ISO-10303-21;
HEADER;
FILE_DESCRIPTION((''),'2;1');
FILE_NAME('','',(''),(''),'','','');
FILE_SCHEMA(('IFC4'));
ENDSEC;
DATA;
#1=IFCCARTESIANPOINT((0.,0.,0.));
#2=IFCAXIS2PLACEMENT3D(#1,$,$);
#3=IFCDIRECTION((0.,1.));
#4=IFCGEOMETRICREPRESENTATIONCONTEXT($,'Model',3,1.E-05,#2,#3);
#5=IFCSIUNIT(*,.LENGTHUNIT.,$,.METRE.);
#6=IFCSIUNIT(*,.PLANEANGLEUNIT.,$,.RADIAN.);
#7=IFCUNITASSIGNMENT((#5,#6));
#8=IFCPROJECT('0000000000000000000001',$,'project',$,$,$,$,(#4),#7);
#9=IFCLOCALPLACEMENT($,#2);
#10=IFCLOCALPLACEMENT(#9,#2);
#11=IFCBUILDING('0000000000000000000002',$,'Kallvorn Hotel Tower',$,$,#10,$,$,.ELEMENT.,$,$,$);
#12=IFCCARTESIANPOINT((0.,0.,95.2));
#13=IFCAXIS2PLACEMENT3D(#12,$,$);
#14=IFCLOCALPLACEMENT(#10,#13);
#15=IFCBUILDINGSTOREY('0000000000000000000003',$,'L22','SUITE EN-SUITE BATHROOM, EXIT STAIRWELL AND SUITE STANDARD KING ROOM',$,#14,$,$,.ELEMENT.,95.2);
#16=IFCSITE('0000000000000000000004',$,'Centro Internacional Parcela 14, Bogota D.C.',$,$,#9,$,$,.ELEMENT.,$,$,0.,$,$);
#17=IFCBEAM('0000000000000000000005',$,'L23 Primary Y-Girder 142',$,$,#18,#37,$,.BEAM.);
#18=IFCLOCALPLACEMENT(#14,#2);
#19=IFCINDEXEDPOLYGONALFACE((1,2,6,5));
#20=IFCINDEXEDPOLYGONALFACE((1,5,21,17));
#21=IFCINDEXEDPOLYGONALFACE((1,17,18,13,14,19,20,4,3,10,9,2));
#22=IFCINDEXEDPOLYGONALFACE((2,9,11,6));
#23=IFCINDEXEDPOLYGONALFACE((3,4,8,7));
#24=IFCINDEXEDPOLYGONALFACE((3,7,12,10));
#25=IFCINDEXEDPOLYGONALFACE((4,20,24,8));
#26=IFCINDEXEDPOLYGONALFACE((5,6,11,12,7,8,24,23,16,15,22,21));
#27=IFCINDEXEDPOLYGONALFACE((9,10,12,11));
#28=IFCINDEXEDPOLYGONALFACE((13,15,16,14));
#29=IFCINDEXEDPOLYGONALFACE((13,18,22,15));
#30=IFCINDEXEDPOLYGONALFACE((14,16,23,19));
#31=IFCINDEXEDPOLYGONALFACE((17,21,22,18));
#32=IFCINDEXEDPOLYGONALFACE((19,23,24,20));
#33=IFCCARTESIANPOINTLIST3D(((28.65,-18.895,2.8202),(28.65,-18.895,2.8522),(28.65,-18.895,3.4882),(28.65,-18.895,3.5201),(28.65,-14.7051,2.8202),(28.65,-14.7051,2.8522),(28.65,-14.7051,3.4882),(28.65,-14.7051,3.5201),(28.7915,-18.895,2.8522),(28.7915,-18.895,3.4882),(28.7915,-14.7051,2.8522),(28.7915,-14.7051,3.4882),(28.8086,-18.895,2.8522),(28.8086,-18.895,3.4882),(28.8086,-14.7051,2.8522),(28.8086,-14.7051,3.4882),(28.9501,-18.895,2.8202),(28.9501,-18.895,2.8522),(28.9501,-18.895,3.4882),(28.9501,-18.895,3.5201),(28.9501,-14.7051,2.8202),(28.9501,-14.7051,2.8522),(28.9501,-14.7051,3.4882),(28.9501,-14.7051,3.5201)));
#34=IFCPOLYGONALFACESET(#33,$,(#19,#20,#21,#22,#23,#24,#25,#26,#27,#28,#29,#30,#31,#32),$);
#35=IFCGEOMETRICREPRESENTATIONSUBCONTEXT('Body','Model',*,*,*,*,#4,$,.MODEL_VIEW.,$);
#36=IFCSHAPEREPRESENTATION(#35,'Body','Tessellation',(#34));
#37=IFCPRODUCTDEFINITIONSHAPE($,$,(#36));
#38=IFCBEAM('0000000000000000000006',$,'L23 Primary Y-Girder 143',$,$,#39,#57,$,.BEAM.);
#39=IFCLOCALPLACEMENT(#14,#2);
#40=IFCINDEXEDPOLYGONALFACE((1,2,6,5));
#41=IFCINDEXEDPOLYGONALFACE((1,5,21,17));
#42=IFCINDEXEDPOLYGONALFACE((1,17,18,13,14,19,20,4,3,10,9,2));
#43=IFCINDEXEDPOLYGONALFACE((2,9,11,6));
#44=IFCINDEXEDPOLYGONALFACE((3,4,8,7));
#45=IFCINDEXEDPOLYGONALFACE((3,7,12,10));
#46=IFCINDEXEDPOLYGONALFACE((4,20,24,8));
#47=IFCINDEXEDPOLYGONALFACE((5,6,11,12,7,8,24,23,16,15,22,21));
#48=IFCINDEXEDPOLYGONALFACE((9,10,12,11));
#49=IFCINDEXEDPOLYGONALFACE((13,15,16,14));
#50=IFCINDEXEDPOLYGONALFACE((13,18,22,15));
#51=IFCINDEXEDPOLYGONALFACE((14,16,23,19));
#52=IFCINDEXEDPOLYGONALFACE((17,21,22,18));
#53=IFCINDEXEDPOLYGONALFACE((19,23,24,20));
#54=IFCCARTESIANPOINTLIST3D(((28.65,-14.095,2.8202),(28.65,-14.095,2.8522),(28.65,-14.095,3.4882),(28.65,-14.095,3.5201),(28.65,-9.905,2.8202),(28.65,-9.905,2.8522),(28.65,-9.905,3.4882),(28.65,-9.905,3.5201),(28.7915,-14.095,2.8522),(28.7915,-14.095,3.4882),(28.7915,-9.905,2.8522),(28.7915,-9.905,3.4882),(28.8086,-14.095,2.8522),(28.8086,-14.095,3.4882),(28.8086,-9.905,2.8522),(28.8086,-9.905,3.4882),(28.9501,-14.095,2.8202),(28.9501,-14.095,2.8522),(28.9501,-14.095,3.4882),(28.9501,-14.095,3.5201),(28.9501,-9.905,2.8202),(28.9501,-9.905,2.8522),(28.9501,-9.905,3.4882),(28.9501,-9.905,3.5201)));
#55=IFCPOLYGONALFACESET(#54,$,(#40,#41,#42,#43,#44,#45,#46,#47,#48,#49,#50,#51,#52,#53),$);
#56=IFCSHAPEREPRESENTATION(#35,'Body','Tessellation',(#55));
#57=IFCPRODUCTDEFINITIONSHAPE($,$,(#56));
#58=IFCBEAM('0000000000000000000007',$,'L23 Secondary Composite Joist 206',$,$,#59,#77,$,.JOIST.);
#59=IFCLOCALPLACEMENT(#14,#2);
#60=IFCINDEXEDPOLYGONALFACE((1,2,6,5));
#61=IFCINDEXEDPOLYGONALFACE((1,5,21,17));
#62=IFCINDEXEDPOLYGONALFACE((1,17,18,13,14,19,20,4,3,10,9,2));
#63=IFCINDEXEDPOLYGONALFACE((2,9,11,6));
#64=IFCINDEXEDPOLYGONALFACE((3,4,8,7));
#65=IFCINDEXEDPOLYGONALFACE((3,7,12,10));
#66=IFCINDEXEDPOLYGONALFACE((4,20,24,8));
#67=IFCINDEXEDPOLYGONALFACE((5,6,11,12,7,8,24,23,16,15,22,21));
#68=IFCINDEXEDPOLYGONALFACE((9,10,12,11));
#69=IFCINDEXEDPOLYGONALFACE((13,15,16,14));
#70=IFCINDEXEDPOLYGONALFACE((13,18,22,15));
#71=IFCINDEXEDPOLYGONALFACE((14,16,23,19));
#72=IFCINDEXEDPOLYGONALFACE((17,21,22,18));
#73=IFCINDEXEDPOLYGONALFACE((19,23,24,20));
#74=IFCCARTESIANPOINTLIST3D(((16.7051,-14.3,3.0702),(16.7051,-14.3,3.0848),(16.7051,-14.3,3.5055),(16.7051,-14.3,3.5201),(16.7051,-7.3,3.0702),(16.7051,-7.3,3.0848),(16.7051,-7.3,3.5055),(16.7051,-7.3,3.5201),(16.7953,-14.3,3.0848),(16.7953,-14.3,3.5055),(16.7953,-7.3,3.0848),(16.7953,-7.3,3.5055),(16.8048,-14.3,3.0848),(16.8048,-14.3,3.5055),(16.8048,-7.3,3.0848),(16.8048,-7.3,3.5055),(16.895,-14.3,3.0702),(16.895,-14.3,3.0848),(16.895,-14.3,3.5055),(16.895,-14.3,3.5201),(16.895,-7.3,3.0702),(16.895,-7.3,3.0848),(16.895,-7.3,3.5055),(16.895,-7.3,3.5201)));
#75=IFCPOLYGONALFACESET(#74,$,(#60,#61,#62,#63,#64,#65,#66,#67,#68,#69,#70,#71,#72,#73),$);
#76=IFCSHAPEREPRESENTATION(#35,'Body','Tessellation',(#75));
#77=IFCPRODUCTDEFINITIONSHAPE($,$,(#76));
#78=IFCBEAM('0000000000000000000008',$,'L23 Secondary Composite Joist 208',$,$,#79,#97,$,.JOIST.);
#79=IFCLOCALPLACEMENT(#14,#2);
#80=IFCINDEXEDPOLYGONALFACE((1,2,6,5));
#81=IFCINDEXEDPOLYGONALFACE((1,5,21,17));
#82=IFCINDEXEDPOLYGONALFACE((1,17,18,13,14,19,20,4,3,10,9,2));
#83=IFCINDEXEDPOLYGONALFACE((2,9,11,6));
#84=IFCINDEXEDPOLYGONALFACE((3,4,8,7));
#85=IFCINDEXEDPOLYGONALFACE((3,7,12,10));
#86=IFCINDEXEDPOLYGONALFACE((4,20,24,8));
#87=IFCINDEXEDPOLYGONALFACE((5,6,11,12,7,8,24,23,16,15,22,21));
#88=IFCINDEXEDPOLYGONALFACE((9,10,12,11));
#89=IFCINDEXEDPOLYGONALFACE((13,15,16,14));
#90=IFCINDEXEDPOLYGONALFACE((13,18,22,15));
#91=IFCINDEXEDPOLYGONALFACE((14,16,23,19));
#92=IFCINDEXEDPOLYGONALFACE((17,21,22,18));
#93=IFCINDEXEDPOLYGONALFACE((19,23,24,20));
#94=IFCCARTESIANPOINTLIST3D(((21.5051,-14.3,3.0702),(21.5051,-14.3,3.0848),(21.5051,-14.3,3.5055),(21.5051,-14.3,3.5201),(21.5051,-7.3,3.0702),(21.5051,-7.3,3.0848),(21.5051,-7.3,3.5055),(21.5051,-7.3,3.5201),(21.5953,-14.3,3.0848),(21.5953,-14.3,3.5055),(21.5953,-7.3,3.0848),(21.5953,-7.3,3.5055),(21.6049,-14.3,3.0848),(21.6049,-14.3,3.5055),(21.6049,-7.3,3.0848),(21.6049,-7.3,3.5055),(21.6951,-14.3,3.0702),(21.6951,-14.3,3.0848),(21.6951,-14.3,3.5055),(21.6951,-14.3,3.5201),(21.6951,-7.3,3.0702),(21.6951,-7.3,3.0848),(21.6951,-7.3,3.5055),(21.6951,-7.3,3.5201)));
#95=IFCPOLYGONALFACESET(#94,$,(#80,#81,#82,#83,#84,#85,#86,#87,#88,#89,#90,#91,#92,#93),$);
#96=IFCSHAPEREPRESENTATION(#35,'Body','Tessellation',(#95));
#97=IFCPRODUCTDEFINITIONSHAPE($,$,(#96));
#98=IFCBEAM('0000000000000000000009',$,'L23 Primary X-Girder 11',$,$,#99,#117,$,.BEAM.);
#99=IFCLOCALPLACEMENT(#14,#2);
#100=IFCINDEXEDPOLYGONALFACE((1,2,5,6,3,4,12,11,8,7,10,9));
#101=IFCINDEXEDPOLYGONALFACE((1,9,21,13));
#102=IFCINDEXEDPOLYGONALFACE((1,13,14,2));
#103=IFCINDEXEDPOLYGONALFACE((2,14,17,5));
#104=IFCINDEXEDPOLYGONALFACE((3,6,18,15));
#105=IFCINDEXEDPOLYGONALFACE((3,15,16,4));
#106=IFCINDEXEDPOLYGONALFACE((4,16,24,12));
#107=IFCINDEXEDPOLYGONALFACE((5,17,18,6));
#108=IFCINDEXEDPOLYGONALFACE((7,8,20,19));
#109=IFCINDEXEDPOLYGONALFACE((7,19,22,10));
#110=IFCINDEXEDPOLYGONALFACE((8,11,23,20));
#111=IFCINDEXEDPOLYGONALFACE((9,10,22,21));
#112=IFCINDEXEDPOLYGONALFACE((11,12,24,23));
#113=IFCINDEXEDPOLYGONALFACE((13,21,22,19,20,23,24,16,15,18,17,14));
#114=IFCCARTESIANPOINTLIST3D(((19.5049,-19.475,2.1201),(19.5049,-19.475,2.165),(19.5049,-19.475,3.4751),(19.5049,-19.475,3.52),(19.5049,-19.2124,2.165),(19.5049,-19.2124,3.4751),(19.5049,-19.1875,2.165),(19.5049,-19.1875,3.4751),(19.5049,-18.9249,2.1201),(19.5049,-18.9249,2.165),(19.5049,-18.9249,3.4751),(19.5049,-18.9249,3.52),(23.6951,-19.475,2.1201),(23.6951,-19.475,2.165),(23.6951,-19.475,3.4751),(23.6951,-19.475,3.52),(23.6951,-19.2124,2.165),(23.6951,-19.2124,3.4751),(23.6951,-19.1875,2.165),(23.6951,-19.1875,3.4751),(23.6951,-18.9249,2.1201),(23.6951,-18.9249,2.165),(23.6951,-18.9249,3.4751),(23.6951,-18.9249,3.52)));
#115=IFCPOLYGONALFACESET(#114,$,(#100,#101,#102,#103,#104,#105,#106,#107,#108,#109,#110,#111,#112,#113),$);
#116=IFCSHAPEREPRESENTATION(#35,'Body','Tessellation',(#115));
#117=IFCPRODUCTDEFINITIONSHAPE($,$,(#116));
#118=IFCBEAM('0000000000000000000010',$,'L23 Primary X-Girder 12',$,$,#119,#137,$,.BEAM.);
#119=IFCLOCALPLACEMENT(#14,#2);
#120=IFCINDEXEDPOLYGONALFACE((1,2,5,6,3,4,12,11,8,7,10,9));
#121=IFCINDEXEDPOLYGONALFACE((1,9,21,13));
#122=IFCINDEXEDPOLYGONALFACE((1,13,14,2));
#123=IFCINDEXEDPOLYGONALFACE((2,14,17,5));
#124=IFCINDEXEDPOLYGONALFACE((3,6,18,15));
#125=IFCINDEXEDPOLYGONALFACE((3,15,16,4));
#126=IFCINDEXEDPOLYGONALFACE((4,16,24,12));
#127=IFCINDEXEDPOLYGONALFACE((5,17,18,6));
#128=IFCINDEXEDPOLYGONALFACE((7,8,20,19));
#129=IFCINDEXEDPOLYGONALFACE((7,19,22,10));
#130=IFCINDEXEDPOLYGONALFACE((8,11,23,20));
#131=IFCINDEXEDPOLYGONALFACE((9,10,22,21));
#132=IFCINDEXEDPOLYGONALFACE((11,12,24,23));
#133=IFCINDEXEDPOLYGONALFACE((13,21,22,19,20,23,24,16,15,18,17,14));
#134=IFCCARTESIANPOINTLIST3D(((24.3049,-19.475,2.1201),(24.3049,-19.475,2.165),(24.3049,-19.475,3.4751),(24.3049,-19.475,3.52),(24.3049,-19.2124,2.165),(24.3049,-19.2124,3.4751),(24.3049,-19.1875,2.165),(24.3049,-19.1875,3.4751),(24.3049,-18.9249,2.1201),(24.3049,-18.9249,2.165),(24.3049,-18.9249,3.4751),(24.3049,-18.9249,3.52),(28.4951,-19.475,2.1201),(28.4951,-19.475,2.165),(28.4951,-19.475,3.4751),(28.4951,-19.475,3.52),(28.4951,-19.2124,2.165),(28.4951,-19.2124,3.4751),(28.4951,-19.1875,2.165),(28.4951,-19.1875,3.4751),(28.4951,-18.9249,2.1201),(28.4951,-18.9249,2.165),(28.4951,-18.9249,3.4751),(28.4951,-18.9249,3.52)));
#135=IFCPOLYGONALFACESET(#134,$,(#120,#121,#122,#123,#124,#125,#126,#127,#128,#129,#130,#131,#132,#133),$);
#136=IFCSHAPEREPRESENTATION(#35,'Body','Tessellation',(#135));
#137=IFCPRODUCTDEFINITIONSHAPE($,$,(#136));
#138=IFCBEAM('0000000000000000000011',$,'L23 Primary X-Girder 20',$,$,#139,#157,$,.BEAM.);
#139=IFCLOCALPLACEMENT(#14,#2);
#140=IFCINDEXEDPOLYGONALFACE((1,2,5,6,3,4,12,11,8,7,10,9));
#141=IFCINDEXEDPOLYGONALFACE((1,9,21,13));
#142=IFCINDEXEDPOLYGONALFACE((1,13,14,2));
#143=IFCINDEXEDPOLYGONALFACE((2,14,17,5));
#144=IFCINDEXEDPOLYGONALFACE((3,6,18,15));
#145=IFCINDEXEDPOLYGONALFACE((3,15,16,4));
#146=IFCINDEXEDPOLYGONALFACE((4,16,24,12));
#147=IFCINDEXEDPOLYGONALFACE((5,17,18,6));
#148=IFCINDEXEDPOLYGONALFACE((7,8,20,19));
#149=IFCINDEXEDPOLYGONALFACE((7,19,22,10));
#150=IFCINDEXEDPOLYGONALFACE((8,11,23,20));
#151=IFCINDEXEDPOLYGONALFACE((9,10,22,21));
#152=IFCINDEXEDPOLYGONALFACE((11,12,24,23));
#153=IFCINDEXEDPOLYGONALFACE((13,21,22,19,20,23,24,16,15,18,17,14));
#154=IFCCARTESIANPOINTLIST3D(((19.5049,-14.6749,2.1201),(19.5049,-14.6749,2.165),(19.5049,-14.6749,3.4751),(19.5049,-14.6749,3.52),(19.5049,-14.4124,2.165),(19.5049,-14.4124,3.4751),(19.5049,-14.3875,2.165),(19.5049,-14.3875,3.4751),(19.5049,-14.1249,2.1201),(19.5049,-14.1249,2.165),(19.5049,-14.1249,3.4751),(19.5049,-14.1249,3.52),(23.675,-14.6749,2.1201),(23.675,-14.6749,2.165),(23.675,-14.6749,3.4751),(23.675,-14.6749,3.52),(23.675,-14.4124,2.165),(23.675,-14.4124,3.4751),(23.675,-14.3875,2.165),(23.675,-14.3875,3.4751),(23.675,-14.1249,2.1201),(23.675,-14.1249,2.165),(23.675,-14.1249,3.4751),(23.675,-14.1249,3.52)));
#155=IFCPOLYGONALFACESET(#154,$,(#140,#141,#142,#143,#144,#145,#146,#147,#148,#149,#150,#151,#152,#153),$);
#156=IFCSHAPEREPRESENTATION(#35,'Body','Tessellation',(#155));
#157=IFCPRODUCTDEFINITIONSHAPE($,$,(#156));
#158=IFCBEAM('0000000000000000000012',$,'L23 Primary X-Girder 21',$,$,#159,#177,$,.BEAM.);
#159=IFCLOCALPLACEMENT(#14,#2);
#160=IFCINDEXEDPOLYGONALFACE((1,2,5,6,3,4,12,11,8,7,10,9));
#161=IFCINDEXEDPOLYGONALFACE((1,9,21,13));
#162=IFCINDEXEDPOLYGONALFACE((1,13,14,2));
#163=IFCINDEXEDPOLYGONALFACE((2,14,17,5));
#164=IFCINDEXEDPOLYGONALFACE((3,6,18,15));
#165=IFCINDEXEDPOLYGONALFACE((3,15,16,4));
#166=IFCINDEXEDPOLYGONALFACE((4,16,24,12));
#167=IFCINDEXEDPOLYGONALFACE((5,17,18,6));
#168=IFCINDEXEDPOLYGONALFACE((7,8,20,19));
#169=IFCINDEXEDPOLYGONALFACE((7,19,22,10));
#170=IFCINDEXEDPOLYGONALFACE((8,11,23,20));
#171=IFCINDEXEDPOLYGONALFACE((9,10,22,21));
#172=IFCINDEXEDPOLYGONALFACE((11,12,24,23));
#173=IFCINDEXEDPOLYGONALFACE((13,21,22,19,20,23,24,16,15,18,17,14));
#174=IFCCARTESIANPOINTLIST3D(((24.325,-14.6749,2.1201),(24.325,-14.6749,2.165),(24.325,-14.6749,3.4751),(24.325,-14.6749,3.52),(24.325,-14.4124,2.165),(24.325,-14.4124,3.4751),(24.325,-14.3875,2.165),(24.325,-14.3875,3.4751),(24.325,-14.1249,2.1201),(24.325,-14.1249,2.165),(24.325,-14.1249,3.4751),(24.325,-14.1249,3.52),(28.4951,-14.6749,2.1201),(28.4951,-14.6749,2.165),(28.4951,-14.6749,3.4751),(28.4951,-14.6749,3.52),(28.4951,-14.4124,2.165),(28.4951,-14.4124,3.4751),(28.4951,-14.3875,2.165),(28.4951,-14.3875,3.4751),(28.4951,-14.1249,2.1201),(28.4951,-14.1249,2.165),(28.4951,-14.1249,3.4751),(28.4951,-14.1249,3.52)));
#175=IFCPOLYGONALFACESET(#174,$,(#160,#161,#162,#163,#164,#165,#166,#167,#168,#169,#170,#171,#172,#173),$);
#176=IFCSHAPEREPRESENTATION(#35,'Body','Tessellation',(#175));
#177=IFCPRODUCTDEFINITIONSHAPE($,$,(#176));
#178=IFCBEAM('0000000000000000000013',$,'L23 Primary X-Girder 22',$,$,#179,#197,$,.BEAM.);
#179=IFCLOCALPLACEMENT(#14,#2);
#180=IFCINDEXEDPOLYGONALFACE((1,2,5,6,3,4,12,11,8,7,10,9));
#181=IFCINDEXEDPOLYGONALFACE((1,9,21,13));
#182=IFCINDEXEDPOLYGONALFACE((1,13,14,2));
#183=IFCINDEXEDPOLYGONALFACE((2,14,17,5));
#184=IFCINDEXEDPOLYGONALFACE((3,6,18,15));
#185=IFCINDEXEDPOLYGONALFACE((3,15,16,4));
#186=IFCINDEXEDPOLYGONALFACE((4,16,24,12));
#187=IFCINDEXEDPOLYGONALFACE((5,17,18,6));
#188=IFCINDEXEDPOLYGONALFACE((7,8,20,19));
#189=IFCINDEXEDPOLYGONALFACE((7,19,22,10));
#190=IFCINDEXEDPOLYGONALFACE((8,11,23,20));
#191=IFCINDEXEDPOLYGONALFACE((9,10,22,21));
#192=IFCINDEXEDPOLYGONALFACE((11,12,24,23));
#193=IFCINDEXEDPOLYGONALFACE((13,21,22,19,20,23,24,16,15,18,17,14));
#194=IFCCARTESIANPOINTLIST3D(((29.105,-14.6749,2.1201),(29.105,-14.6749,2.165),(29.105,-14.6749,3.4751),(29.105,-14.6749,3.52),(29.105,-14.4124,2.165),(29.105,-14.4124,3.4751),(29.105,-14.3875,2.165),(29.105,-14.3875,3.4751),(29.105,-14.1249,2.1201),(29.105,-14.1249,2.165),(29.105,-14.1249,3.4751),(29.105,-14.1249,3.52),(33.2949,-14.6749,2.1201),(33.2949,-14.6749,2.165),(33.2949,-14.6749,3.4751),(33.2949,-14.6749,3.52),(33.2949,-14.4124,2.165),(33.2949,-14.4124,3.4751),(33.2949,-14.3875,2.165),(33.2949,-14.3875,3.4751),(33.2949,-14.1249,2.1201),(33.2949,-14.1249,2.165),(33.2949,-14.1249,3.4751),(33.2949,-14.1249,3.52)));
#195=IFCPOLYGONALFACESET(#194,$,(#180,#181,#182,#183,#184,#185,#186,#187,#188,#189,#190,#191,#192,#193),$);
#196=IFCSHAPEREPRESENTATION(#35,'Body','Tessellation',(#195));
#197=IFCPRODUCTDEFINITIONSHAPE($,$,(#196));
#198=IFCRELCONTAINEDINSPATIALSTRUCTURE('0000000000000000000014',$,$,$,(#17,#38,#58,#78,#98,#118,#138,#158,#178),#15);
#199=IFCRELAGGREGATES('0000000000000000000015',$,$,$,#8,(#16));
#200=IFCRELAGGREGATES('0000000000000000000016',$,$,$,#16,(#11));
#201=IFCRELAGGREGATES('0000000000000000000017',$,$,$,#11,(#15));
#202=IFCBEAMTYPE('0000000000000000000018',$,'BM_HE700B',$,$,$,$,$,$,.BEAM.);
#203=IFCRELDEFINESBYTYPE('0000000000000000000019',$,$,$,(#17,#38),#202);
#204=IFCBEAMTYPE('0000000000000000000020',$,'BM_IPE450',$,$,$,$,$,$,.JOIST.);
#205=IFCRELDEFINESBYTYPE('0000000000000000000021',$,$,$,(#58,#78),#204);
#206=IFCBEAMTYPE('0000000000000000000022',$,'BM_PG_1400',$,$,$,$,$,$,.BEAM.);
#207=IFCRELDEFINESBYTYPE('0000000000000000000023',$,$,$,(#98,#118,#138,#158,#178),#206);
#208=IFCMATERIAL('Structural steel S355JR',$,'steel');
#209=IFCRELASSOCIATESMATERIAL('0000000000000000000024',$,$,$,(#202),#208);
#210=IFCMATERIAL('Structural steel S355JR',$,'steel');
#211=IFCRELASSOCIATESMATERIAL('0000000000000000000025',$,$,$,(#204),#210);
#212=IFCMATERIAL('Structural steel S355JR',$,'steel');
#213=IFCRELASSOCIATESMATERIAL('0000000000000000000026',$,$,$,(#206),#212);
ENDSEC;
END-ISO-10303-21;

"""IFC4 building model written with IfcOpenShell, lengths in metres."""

from ifc_helpers import new_model, si_unit, direction, frame, origin, origin_2d, place, context, subcontext, project, spatial, i_section, extrude, material, material_profile, profile_set, type_object, element, save


model = new_model("IFC4")

# Units and contexts
model_context = context("Model", 3, precision=1e-05, world=origin(), true_north=direction((0.0, 1.0)))
body_context = subcontext(model_context, "Body", "Model", "MODEL_VIEW")
ifc_project = project(units=[si_unit("LENGTHUNIT", "METRE"), si_unit("PLANEANGLEUNIT", "RADIAN")], contexts=[model_context])

# Site, building, storey
site_placement = place(None, origin())
site = spatial("IfcSite", under=ifc_project, at=site_placement, Name="Centro Internacional Parcela 14, Bogota D.C.", CompositionType="ELEMENT", RefElevation=0.0)
building_placement = place(site_placement, origin())
building = spatial("IfcBuilding", under=site, at=building_placement, Name="Kallvorn Hotel Tower", CompositionType="ELEMENT")
storey_placement = place(building_placement, frame((0.0, 0.0, 95.2)))
storey = spatial("IfcBuildingStorey", under=building, at=storey_placement, Name="L22", Description="SUITE EN-SUITE BATHROOM, EXIT STAIRWELL AND SUITE STANDARD KING ROOM", CompositionType="ELEMENT", Elevation=95.2)

# Beams
ifc_material_1 = material(Name="Structural steel S355JR", Category="steel")
ifc_material_profile_1 = material_profile(ifc_material_1, i_section(OverallWidth=0.3, OverallDepth=0.7, WebThickness=0.0171, FlangeThickness=0.032, at=origin_2d()), Name="HE 700 B")
ifc_profile_set_1 = profile_set([ifc_material_profile_1], Name="Structural steel S355JR")
beam_type_1 = type_object("IfcBeamType", Name="BM_HE700B", PredefinedType="BEAM", material=ifc_profile_set_1)
for number, where, z_axis, x_axis, name in (
    (1, (28.8, -18.895, 3.1702), (0.0, 1.0, 0.0), (-1.0, 0.0, 0.0), "L23 Primary Y-Girder 142"),
    (2, (28.8, -14.095, 3.1702), (0.0, 1.0, 0.0), (-1.0, 0.0, 0.0), "L23 Primary Y-Girder 143"),
):
    element("IfcBeam", number, at=place(storey_placement, frame(where, z_axis=z_axis, x_axis=x_axis)), inside=storey, type_object=beam_type_1, Name=name, PredefinedType="BEAM", context=body_context, shape_type="SweptSolid", body=[
        extrude(i_section(OverallWidth=0.3, OverallDepth=0.7, WebThickness=0.0171, FlangeThickness=0.032, at=origin_2d()), origin(), (0.0, 0.0, 1.0), 4.1899),
    ])
ifc_material_2 = material(Name="Structural steel S355JR", Category="steel")
ifc_material_profile_2 = material_profile(ifc_material_2, i_section(OverallWidth=0.1899, OverallDepth=0.45, WebThickness=0.0095, FlangeThickness=0.0146, at=origin_2d()), Name="IPE 450")
ifc_profile_set_2 = profile_set([ifc_material_profile_2], Name="Structural steel S355JR")
beam_type_2 = type_object("IfcBeamType", Name="BM_IPE450", PredefinedType="JOIST", material=ifc_profile_set_2)
for number, where, z_axis, x_axis, name in (
    (3, (16.8, -14.3, 3.2952), (0.0, 1.0, 0.0), (-1.0, 0.0, 0.0), "L23 Secondary Composite Joist 206"),
    (4, (21.6001, -14.3, 3.2952), (0.0, 1.0, 0.0), (-1.0, 0.0, 0.0), "L23 Secondary Composite Joist 208"),
):
    element("IfcBeam", number, at=place(storey_placement, frame(where, z_axis=z_axis, x_axis=x_axis)), inside=storey, type_object=beam_type_2, Name=name, PredefinedType="JOIST", context=body_context, shape_type="SweptSolid", body=[
        extrude(i_section(OverallWidth=0.1899, OverallDepth=0.45, WebThickness=0.0095, FlangeThickness=0.0146, at=origin_2d()), origin(), (0.0, 0.0, 1.0), 7.0),
    ])
ifc_material_3 = material(Name="Structural steel S355JR", Category="steel")
ifc_material_profile_3 = material_profile(ifc_material_3, i_section(OverallWidth=0.55, OverallDepth=1.3999, WebThickness=0.0249, FlangeThickness=0.0449, at=origin_2d()), Name="PG 1400x550x25x45")
ifc_profile_set_3 = profile_set([ifc_material_profile_3], Name="Structural steel S355JR")
beam_type_3 = type_object("IfcBeamType", Name="BM_PG_1400", PredefinedType="BEAM", material=ifc_profile_set_3)
for number, where, z_axis, x_axis, name in (
    (5, (19.5049, -19.2, 2.8201), (1.0, 0.0, 0.0), (0.0, 1.0, 0.0), "L23 Primary X-Girder 11"),
    (6, (24.3049, -19.2, 2.8201), (1.0, 0.0, 0.0), (0.0, 1.0, 0.0), "L23 Primary X-Girder 12"),
):
    element("IfcBeam", number, at=place(storey_placement, frame(where, z_axis=z_axis, x_axis=x_axis)), inside=storey, type_object=beam_type_3, Name=name, PredefinedType="BEAM", context=body_context, shape_type="SweptSolid", body=[
        extrude(i_section(OverallWidth=0.55, OverallDepth=1.3999, WebThickness=0.0249, FlangeThickness=0.0449, at=origin_2d()), origin(), (0.0, 0.0, 1.0), 4.1902),
    ])
for number, where, z_axis, x_axis, name in (
    (7, (19.5049, -14.3999, 2.8201), (1.0, 0.0, 0.0), (0.0, 1.0, 0.0), "L23 Primary X-Girder 20"),
    (8, (24.325, -14.3999, 2.8201), (1.0, 0.0, 0.0), (0.0, 1.0, 0.0), "L23 Primary X-Girder 21"),
):
    element("IfcBeam", number, at=place(storey_placement, frame(where, z_axis=z_axis, x_axis=x_axis)), inside=storey, type_object=beam_type_3, Name=name, PredefinedType="BEAM", context=body_context, shape_type="SweptSolid", body=[
        extrude(i_section(OverallWidth=0.55, OverallDepth=1.3999, WebThickness=0.0249, FlangeThickness=0.0449, at=origin_2d()), origin(), (0.0, 0.0, 1.0), 4.1702),
    ])
beam_1_placement = place(storey_placement, frame((29.105, -14.3999, 2.8201), z_axis=(1.0, 0.0, 0.0), x_axis=(0.0, 1.0, 0.0)))
element("IfcBeam", 9, at=beam_1_placement, inside=storey, type_object=beam_type_3, Name="L23 Primary X-Girder 22", PredefinedType="BEAM", context=body_context, shape_type="SweptSolid", body=[
    extrude(i_section(OverallWidth=0.55, OverallDepth=1.3999, WebThickness=0.0249, FlangeThickness=0.0449, at=origin_2d()), origin(), (0.0, 0.0, 1.0), 4.1899),
])

save(model, "model.ifc")
